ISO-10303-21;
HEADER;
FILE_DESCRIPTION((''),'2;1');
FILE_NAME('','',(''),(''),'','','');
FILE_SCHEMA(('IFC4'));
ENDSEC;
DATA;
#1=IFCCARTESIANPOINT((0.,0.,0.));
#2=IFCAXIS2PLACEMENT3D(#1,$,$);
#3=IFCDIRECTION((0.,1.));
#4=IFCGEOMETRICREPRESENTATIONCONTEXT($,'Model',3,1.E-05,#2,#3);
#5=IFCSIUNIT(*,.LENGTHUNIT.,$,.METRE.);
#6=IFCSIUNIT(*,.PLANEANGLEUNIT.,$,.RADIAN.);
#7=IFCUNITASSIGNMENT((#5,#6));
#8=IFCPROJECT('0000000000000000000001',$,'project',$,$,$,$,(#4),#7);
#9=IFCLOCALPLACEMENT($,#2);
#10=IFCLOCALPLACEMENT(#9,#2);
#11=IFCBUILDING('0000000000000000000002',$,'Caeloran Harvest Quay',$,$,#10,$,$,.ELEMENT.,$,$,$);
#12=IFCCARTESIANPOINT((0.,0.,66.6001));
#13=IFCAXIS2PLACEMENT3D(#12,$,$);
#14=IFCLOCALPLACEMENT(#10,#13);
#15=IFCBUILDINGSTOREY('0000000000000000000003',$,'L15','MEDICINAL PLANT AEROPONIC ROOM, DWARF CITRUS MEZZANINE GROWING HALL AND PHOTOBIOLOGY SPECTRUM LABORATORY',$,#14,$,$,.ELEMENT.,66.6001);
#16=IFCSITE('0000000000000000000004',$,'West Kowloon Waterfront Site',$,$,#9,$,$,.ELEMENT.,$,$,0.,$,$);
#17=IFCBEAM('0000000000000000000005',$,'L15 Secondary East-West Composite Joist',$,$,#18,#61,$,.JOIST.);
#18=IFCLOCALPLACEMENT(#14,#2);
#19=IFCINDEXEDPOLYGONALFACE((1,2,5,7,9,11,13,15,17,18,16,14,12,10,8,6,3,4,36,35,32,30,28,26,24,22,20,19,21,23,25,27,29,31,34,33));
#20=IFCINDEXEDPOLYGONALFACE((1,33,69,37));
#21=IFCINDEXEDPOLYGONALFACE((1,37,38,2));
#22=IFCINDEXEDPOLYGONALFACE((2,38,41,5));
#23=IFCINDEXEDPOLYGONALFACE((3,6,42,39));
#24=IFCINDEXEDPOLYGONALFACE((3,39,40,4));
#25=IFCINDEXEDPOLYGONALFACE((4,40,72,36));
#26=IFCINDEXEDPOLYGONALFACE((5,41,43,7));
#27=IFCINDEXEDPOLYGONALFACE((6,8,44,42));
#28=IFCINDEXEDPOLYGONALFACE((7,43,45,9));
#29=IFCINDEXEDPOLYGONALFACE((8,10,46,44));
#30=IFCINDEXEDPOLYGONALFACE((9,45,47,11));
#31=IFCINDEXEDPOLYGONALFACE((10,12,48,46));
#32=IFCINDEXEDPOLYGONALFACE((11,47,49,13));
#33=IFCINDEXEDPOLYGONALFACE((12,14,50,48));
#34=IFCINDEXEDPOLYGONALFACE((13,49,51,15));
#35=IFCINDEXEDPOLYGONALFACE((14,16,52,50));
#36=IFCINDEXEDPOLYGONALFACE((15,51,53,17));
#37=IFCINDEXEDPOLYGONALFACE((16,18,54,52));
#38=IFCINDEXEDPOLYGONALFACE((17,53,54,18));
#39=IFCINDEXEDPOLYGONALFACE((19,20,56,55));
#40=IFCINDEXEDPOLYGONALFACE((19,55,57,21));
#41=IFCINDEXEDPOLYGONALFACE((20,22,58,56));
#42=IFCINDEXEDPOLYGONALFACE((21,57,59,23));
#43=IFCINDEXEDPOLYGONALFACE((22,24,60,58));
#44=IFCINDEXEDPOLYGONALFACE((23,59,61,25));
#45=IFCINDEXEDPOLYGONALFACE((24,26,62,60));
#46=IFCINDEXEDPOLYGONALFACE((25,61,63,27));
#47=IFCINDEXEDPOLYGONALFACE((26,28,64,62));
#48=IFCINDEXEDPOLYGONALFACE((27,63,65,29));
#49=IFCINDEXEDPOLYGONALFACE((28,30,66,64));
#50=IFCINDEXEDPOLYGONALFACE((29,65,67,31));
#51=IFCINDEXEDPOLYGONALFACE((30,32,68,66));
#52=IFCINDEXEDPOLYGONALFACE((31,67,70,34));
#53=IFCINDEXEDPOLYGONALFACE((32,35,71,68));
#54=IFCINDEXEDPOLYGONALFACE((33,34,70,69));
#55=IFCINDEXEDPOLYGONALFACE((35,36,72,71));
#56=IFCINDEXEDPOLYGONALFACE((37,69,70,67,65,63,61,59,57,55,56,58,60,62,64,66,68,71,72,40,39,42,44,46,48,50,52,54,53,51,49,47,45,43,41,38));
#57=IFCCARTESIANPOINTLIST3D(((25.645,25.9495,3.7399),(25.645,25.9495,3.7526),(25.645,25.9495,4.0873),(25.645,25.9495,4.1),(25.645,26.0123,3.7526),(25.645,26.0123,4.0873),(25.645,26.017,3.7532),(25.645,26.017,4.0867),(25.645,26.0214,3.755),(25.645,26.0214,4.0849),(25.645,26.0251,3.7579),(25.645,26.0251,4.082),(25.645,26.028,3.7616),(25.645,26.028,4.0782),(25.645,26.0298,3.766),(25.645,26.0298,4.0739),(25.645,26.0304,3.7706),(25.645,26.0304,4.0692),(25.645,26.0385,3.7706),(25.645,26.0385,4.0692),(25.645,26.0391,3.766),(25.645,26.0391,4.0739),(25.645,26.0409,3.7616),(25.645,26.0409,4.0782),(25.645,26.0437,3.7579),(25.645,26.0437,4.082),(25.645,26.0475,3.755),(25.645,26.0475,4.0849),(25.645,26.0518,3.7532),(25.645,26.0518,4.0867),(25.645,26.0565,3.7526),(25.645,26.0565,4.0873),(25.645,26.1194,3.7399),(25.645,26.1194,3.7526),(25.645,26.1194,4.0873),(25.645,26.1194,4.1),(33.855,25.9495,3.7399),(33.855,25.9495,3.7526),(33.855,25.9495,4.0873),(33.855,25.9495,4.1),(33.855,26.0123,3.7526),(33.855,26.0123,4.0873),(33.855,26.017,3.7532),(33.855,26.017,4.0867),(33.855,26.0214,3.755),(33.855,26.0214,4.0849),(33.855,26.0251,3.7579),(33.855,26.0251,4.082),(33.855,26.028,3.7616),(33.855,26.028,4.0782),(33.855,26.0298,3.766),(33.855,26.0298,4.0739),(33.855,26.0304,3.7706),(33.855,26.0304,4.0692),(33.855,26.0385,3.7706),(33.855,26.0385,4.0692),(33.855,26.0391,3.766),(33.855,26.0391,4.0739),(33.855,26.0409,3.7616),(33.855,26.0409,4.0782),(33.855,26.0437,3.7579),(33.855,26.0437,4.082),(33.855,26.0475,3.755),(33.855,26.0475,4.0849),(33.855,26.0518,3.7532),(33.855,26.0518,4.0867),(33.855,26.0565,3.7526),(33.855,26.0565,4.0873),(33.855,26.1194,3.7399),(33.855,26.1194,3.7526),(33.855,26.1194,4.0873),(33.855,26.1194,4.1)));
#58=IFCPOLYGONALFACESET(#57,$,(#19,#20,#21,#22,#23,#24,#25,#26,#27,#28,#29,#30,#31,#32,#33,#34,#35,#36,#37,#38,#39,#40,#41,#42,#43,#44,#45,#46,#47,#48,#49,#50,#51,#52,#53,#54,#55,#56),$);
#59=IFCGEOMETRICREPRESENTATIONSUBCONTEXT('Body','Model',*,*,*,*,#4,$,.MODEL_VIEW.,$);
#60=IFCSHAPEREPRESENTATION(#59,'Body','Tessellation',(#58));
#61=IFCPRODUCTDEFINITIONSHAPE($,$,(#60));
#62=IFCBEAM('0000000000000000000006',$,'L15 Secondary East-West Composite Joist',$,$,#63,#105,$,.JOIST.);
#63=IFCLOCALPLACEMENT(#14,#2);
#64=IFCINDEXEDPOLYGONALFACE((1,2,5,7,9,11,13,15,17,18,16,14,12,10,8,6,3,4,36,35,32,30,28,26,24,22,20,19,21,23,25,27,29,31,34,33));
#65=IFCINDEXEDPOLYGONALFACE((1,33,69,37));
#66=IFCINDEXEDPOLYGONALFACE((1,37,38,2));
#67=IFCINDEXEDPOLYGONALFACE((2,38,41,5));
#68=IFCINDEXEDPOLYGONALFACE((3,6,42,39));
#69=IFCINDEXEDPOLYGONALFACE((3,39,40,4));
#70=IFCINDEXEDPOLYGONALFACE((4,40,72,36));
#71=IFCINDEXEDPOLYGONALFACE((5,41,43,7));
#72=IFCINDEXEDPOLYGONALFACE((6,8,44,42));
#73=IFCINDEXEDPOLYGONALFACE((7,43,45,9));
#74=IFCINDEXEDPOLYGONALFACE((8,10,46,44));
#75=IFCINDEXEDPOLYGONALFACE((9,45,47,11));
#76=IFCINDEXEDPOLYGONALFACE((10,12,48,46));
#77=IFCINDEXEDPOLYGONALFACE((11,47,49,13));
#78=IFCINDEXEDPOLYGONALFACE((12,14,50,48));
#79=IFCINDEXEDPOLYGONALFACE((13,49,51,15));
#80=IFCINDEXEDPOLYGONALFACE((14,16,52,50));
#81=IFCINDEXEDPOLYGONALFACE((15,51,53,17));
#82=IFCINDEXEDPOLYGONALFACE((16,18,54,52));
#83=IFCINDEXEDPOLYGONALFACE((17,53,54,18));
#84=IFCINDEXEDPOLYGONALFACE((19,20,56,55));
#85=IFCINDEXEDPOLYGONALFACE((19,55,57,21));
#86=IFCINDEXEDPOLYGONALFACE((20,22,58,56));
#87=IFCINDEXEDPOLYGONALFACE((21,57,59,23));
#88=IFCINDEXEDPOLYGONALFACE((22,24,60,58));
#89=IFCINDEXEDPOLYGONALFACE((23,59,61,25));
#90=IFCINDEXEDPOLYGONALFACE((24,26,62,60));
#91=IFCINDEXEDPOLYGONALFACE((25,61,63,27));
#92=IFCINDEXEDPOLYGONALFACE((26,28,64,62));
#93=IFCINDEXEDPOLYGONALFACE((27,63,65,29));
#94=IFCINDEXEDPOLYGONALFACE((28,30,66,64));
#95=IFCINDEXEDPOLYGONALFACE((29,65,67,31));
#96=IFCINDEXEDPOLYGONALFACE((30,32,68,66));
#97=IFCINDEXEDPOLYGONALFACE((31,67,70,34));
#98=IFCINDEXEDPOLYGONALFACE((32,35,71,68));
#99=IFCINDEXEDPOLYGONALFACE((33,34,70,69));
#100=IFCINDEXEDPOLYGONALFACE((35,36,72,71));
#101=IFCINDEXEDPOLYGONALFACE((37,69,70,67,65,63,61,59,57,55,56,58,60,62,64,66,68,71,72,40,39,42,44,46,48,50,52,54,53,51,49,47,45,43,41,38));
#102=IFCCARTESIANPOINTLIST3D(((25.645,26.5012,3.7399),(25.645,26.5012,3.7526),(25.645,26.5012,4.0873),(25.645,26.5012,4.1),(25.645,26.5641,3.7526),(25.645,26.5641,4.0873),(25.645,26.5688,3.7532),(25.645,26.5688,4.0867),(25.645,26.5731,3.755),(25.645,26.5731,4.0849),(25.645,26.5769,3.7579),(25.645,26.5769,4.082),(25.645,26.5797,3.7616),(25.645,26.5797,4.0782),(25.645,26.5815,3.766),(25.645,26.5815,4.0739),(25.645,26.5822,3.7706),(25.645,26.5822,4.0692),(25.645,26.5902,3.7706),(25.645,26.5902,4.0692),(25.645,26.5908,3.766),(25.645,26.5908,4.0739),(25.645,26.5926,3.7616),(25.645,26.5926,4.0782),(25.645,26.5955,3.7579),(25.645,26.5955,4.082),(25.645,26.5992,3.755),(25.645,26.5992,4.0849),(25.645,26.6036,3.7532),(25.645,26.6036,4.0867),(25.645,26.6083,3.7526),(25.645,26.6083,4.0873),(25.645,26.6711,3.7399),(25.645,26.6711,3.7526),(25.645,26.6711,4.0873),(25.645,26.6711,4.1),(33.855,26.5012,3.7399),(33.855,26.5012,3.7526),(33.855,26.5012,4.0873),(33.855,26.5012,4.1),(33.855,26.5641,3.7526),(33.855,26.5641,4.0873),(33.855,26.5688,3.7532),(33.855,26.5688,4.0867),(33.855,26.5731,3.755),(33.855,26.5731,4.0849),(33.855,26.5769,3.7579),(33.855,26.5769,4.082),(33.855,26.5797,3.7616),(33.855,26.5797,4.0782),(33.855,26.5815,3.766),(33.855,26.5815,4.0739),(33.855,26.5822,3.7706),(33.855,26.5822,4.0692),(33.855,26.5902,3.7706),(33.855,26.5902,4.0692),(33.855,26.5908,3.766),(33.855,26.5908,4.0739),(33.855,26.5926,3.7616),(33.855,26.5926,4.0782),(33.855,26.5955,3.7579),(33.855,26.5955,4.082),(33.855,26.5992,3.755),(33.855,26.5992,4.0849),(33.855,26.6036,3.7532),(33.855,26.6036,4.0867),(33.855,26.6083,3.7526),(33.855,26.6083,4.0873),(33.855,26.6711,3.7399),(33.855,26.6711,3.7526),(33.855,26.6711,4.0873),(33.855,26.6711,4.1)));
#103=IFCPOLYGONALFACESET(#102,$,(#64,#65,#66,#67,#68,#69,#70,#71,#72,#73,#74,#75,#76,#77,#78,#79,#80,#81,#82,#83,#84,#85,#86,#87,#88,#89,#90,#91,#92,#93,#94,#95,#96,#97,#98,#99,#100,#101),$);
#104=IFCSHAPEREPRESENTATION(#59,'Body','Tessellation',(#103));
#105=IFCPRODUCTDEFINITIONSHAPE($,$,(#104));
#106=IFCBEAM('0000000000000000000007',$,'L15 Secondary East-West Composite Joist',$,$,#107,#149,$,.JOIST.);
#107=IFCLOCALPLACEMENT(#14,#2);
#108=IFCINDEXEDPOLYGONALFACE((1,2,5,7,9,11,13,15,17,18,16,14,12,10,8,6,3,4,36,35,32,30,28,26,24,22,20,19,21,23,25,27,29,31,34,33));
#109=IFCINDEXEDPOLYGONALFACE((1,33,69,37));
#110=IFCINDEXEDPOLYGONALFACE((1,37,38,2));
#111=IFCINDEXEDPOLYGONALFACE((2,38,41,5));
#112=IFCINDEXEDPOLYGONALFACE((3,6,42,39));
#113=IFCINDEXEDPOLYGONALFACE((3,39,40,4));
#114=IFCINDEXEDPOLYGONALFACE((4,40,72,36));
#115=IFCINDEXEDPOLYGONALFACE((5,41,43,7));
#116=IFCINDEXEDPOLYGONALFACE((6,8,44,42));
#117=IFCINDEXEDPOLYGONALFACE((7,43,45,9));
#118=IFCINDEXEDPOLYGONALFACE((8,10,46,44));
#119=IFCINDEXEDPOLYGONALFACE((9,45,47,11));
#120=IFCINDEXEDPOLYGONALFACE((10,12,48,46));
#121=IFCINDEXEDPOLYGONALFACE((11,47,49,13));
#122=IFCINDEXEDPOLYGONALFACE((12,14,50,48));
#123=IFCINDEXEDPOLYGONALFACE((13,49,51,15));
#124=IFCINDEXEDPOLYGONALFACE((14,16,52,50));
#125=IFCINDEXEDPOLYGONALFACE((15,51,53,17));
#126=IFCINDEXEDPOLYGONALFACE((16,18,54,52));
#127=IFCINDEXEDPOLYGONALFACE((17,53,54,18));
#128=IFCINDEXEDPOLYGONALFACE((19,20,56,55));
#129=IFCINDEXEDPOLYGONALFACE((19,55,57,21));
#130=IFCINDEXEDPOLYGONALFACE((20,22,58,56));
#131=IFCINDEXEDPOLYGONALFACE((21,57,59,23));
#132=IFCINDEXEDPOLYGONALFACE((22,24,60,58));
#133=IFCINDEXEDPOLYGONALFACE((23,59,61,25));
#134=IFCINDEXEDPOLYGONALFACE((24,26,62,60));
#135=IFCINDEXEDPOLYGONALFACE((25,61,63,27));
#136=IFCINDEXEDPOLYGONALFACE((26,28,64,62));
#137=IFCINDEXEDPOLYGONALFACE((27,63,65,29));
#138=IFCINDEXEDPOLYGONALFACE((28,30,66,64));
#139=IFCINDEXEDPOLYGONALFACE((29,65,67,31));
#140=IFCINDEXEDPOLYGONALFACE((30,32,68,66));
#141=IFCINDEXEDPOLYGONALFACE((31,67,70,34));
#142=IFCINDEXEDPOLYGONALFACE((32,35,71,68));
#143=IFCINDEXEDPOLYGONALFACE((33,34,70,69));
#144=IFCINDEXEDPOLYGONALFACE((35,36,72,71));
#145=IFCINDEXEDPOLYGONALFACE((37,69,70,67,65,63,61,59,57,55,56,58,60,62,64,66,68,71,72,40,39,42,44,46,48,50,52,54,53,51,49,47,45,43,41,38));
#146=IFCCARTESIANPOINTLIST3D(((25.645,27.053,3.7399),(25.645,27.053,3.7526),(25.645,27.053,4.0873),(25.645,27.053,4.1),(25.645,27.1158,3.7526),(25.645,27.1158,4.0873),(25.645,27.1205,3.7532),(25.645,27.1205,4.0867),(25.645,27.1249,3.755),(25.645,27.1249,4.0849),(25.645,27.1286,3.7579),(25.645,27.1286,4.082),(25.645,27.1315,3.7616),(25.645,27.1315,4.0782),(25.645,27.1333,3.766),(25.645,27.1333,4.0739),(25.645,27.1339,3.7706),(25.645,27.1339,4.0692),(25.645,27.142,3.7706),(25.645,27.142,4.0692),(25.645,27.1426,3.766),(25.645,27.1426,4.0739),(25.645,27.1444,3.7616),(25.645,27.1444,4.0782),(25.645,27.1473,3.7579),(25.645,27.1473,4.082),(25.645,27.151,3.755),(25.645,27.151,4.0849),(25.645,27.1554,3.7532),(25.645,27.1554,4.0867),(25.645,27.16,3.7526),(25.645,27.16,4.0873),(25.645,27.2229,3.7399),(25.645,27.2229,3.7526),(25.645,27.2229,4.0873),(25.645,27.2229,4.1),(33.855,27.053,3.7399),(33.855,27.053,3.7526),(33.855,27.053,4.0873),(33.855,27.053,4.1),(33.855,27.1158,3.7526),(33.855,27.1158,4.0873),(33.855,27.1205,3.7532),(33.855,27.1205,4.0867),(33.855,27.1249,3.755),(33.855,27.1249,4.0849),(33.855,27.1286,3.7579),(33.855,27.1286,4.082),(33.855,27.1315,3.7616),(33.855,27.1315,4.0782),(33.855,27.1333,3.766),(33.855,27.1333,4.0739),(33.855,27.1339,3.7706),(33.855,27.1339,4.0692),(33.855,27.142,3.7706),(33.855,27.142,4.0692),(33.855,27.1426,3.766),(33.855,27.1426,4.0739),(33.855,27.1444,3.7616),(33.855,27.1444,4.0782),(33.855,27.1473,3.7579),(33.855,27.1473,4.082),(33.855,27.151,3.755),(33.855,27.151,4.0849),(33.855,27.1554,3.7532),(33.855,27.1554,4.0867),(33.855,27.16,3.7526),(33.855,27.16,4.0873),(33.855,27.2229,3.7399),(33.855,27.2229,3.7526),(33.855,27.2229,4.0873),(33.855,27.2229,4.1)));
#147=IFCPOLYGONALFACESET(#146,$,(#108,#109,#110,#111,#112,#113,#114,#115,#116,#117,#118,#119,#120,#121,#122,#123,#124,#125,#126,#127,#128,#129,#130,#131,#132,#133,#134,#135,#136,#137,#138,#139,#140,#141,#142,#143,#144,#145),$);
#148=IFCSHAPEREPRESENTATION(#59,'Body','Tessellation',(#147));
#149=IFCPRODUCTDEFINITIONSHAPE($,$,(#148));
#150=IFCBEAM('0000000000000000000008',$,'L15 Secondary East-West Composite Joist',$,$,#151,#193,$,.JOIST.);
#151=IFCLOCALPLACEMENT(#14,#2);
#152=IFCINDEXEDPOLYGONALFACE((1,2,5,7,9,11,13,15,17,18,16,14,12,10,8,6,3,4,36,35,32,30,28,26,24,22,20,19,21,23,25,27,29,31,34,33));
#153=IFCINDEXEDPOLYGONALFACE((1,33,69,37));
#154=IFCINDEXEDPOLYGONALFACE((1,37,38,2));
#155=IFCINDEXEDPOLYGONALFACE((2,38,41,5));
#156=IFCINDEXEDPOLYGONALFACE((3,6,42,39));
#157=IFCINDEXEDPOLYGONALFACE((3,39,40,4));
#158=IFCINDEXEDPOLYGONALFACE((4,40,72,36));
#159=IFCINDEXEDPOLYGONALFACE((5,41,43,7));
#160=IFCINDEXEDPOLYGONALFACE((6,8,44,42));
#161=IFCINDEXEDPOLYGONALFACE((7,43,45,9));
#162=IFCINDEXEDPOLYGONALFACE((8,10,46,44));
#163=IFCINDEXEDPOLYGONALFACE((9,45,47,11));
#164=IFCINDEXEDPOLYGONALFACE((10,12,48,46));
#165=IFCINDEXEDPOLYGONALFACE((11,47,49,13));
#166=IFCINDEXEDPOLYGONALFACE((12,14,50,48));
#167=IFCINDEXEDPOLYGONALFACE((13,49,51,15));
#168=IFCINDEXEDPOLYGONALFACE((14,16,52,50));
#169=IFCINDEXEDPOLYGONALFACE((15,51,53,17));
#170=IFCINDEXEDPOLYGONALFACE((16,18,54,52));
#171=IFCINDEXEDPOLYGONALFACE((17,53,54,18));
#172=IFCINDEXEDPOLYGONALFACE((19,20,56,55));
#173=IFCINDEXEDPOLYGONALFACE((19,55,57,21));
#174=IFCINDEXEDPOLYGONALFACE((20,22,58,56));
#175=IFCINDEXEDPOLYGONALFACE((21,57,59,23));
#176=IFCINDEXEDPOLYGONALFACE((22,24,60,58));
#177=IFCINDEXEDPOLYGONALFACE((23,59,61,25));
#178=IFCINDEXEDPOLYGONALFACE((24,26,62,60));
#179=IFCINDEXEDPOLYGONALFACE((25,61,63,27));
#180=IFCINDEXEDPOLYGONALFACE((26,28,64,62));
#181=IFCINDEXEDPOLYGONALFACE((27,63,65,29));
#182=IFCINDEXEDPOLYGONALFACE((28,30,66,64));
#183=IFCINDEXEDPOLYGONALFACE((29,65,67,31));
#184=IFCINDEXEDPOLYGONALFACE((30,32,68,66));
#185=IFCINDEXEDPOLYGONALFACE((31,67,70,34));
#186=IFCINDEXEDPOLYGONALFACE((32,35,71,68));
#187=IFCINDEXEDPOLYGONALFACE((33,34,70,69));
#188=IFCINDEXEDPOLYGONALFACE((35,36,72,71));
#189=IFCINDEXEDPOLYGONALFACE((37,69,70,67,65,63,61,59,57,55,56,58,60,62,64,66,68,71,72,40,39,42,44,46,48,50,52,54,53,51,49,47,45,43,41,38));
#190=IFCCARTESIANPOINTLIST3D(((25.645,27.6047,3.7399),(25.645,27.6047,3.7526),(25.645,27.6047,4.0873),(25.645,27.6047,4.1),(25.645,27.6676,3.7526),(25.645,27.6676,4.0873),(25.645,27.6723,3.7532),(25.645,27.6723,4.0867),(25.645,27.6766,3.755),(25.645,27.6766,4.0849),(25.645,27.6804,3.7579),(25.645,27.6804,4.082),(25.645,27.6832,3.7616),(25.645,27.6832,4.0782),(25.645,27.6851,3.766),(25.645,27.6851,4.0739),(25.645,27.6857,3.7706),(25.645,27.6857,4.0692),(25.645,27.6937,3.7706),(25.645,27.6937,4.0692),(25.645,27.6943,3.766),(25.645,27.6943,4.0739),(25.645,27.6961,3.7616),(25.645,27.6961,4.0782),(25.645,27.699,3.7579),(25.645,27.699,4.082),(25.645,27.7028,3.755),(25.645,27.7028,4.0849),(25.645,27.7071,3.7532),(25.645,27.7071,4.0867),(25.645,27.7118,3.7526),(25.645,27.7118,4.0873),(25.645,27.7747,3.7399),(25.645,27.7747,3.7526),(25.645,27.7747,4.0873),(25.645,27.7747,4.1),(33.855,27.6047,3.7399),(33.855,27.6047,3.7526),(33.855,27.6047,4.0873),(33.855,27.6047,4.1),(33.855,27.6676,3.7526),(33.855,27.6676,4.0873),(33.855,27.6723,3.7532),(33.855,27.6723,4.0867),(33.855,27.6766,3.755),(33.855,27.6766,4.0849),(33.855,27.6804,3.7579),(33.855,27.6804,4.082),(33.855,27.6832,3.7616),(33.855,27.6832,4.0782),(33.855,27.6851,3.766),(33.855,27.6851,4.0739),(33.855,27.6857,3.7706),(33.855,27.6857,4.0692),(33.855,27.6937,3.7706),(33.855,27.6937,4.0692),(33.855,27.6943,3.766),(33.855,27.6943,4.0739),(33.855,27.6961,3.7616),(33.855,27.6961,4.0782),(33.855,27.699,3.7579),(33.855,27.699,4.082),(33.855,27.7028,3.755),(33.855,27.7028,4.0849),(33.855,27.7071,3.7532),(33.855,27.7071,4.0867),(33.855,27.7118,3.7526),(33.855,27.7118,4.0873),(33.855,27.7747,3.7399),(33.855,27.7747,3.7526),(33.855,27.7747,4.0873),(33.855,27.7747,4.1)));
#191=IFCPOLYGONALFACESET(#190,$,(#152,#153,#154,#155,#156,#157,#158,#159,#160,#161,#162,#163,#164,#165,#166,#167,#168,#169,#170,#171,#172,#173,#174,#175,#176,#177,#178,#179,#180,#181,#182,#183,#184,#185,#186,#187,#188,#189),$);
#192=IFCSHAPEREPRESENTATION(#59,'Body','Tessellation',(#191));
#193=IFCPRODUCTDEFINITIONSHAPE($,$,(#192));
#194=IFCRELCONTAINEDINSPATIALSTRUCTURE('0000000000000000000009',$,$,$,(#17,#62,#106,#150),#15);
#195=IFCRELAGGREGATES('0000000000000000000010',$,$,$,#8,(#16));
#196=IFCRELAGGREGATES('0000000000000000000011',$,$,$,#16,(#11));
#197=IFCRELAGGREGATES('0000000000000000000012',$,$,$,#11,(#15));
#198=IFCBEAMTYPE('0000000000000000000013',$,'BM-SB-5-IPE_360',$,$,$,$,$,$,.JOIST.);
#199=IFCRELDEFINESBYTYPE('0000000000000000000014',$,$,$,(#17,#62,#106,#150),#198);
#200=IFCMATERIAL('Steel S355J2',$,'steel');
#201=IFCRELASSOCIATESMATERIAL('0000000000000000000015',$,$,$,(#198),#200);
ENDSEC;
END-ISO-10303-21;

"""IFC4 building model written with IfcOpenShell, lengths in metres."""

from ifc_helpers import new_model, si_unit, direction, frame, origin, origin_2d, place, context, subcontext, project, spatial, i_section, extrude, material, material_profile, profile_set, type_object, element, save


model = new_model("IFC4")

# Units and contexts
model_context = context("Model", 3, precision=1e-05, world=origin(), true_north=direction((0.0, 1.0)))
body_context = subcontext(model_context, "Body", "Model", "MODEL_VIEW")
ifc_project = project(units=[si_unit("LENGTHUNIT", "METRE"), si_unit("PLANEANGLEUNIT", "RADIAN")], contexts=[model_context])

# Site, building, storey
site_placement = place(None, origin())
site = spatial("IfcSite", under=ifc_project, at=site_placement, Name="West Kowloon Waterfront Site", CompositionType="ELEMENT", RefElevation=0.0)
building_placement = place(site_placement, origin())
building = spatial("IfcBuilding", under=site, at=building_placement, Name="Caeloran Harvest Quay", CompositionType="ELEMENT")
storey_placement = place(building_placement, frame((0.0, 0.0, 66.6001)))
storey = spatial("IfcBuildingStorey", under=building, at=storey_placement, Name="L15", Description="MEDICINAL PLANT AEROPONIC ROOM, DWARF CITRUS MEZZANINE GROWING HALL AND PHOTOBIOLOGY SPECTRUM LABORATORY", CompositionType="ELEMENT", Elevation=66.6001)

# Beams
ifc_material_1 = material(Name="Steel S355J2", Category="steel")
ifc_material_profile_1 = material_profile(ifc_material_1, i_section(OverallWidth=0.1699, OverallDepth=0.3601, WebThickness=0.0081, FlangeThickness=0.0127, FilletRadius=0.0181, at=origin_2d()), Name="IPE 360")
ifc_profile_set_1 = profile_set([ifc_material_profile_1], Name="Steel S355J2")
beam_type_1 = type_object("IfcBeamType", Name="BM-SB-5-IPE_360", PredefinedType="JOIST", material=ifc_profile_set_1)
for number, where, z_axis, x_axis, name in (
    (1, (25.645, 26.0344, 3.9199), (1.0, 0.0, 0.0), (0.0, 1.0, 0.0), "L15 Secondary East-West Composite Joist"),
    (2, (25.645, 26.5862, 3.9199), (1.0, 0.0, 0.0), (0.0, 1.0, 0.0), "L15 Secondary East-West Composite Joist"),
    (3, (25.645, 27.1379, 3.9199), (1.0, 0.0, 0.0), (0.0, 1.0, 0.0), "L15 Secondary East-West Composite Joist"),
    (4, (25.645, 27.6897, 3.9199), (1.0, 0.0, 0.0), (0.0, 1.0, 0.0), "L15 Secondary East-West Composite Joist"),
):
    element("IfcBeam", number, at=place(storey_placement, frame(where, z_axis=z_axis, x_axis=x_axis)), inside=storey, type_object=beam_type_1, Name=name, PredefinedType="JOIST", context=body_context, shape_type="SweptSolid", body=[
        extrude(i_section(OverallWidth=0.1699, OverallDepth=0.3601, WebThickness=0.0081, FlangeThickness=0.0127, FilletRadius=0.0181, at=origin_2d()), origin(), (0.0, 0.0, 1.0), 8.21),
    ])

save(model, "model.ifc")
